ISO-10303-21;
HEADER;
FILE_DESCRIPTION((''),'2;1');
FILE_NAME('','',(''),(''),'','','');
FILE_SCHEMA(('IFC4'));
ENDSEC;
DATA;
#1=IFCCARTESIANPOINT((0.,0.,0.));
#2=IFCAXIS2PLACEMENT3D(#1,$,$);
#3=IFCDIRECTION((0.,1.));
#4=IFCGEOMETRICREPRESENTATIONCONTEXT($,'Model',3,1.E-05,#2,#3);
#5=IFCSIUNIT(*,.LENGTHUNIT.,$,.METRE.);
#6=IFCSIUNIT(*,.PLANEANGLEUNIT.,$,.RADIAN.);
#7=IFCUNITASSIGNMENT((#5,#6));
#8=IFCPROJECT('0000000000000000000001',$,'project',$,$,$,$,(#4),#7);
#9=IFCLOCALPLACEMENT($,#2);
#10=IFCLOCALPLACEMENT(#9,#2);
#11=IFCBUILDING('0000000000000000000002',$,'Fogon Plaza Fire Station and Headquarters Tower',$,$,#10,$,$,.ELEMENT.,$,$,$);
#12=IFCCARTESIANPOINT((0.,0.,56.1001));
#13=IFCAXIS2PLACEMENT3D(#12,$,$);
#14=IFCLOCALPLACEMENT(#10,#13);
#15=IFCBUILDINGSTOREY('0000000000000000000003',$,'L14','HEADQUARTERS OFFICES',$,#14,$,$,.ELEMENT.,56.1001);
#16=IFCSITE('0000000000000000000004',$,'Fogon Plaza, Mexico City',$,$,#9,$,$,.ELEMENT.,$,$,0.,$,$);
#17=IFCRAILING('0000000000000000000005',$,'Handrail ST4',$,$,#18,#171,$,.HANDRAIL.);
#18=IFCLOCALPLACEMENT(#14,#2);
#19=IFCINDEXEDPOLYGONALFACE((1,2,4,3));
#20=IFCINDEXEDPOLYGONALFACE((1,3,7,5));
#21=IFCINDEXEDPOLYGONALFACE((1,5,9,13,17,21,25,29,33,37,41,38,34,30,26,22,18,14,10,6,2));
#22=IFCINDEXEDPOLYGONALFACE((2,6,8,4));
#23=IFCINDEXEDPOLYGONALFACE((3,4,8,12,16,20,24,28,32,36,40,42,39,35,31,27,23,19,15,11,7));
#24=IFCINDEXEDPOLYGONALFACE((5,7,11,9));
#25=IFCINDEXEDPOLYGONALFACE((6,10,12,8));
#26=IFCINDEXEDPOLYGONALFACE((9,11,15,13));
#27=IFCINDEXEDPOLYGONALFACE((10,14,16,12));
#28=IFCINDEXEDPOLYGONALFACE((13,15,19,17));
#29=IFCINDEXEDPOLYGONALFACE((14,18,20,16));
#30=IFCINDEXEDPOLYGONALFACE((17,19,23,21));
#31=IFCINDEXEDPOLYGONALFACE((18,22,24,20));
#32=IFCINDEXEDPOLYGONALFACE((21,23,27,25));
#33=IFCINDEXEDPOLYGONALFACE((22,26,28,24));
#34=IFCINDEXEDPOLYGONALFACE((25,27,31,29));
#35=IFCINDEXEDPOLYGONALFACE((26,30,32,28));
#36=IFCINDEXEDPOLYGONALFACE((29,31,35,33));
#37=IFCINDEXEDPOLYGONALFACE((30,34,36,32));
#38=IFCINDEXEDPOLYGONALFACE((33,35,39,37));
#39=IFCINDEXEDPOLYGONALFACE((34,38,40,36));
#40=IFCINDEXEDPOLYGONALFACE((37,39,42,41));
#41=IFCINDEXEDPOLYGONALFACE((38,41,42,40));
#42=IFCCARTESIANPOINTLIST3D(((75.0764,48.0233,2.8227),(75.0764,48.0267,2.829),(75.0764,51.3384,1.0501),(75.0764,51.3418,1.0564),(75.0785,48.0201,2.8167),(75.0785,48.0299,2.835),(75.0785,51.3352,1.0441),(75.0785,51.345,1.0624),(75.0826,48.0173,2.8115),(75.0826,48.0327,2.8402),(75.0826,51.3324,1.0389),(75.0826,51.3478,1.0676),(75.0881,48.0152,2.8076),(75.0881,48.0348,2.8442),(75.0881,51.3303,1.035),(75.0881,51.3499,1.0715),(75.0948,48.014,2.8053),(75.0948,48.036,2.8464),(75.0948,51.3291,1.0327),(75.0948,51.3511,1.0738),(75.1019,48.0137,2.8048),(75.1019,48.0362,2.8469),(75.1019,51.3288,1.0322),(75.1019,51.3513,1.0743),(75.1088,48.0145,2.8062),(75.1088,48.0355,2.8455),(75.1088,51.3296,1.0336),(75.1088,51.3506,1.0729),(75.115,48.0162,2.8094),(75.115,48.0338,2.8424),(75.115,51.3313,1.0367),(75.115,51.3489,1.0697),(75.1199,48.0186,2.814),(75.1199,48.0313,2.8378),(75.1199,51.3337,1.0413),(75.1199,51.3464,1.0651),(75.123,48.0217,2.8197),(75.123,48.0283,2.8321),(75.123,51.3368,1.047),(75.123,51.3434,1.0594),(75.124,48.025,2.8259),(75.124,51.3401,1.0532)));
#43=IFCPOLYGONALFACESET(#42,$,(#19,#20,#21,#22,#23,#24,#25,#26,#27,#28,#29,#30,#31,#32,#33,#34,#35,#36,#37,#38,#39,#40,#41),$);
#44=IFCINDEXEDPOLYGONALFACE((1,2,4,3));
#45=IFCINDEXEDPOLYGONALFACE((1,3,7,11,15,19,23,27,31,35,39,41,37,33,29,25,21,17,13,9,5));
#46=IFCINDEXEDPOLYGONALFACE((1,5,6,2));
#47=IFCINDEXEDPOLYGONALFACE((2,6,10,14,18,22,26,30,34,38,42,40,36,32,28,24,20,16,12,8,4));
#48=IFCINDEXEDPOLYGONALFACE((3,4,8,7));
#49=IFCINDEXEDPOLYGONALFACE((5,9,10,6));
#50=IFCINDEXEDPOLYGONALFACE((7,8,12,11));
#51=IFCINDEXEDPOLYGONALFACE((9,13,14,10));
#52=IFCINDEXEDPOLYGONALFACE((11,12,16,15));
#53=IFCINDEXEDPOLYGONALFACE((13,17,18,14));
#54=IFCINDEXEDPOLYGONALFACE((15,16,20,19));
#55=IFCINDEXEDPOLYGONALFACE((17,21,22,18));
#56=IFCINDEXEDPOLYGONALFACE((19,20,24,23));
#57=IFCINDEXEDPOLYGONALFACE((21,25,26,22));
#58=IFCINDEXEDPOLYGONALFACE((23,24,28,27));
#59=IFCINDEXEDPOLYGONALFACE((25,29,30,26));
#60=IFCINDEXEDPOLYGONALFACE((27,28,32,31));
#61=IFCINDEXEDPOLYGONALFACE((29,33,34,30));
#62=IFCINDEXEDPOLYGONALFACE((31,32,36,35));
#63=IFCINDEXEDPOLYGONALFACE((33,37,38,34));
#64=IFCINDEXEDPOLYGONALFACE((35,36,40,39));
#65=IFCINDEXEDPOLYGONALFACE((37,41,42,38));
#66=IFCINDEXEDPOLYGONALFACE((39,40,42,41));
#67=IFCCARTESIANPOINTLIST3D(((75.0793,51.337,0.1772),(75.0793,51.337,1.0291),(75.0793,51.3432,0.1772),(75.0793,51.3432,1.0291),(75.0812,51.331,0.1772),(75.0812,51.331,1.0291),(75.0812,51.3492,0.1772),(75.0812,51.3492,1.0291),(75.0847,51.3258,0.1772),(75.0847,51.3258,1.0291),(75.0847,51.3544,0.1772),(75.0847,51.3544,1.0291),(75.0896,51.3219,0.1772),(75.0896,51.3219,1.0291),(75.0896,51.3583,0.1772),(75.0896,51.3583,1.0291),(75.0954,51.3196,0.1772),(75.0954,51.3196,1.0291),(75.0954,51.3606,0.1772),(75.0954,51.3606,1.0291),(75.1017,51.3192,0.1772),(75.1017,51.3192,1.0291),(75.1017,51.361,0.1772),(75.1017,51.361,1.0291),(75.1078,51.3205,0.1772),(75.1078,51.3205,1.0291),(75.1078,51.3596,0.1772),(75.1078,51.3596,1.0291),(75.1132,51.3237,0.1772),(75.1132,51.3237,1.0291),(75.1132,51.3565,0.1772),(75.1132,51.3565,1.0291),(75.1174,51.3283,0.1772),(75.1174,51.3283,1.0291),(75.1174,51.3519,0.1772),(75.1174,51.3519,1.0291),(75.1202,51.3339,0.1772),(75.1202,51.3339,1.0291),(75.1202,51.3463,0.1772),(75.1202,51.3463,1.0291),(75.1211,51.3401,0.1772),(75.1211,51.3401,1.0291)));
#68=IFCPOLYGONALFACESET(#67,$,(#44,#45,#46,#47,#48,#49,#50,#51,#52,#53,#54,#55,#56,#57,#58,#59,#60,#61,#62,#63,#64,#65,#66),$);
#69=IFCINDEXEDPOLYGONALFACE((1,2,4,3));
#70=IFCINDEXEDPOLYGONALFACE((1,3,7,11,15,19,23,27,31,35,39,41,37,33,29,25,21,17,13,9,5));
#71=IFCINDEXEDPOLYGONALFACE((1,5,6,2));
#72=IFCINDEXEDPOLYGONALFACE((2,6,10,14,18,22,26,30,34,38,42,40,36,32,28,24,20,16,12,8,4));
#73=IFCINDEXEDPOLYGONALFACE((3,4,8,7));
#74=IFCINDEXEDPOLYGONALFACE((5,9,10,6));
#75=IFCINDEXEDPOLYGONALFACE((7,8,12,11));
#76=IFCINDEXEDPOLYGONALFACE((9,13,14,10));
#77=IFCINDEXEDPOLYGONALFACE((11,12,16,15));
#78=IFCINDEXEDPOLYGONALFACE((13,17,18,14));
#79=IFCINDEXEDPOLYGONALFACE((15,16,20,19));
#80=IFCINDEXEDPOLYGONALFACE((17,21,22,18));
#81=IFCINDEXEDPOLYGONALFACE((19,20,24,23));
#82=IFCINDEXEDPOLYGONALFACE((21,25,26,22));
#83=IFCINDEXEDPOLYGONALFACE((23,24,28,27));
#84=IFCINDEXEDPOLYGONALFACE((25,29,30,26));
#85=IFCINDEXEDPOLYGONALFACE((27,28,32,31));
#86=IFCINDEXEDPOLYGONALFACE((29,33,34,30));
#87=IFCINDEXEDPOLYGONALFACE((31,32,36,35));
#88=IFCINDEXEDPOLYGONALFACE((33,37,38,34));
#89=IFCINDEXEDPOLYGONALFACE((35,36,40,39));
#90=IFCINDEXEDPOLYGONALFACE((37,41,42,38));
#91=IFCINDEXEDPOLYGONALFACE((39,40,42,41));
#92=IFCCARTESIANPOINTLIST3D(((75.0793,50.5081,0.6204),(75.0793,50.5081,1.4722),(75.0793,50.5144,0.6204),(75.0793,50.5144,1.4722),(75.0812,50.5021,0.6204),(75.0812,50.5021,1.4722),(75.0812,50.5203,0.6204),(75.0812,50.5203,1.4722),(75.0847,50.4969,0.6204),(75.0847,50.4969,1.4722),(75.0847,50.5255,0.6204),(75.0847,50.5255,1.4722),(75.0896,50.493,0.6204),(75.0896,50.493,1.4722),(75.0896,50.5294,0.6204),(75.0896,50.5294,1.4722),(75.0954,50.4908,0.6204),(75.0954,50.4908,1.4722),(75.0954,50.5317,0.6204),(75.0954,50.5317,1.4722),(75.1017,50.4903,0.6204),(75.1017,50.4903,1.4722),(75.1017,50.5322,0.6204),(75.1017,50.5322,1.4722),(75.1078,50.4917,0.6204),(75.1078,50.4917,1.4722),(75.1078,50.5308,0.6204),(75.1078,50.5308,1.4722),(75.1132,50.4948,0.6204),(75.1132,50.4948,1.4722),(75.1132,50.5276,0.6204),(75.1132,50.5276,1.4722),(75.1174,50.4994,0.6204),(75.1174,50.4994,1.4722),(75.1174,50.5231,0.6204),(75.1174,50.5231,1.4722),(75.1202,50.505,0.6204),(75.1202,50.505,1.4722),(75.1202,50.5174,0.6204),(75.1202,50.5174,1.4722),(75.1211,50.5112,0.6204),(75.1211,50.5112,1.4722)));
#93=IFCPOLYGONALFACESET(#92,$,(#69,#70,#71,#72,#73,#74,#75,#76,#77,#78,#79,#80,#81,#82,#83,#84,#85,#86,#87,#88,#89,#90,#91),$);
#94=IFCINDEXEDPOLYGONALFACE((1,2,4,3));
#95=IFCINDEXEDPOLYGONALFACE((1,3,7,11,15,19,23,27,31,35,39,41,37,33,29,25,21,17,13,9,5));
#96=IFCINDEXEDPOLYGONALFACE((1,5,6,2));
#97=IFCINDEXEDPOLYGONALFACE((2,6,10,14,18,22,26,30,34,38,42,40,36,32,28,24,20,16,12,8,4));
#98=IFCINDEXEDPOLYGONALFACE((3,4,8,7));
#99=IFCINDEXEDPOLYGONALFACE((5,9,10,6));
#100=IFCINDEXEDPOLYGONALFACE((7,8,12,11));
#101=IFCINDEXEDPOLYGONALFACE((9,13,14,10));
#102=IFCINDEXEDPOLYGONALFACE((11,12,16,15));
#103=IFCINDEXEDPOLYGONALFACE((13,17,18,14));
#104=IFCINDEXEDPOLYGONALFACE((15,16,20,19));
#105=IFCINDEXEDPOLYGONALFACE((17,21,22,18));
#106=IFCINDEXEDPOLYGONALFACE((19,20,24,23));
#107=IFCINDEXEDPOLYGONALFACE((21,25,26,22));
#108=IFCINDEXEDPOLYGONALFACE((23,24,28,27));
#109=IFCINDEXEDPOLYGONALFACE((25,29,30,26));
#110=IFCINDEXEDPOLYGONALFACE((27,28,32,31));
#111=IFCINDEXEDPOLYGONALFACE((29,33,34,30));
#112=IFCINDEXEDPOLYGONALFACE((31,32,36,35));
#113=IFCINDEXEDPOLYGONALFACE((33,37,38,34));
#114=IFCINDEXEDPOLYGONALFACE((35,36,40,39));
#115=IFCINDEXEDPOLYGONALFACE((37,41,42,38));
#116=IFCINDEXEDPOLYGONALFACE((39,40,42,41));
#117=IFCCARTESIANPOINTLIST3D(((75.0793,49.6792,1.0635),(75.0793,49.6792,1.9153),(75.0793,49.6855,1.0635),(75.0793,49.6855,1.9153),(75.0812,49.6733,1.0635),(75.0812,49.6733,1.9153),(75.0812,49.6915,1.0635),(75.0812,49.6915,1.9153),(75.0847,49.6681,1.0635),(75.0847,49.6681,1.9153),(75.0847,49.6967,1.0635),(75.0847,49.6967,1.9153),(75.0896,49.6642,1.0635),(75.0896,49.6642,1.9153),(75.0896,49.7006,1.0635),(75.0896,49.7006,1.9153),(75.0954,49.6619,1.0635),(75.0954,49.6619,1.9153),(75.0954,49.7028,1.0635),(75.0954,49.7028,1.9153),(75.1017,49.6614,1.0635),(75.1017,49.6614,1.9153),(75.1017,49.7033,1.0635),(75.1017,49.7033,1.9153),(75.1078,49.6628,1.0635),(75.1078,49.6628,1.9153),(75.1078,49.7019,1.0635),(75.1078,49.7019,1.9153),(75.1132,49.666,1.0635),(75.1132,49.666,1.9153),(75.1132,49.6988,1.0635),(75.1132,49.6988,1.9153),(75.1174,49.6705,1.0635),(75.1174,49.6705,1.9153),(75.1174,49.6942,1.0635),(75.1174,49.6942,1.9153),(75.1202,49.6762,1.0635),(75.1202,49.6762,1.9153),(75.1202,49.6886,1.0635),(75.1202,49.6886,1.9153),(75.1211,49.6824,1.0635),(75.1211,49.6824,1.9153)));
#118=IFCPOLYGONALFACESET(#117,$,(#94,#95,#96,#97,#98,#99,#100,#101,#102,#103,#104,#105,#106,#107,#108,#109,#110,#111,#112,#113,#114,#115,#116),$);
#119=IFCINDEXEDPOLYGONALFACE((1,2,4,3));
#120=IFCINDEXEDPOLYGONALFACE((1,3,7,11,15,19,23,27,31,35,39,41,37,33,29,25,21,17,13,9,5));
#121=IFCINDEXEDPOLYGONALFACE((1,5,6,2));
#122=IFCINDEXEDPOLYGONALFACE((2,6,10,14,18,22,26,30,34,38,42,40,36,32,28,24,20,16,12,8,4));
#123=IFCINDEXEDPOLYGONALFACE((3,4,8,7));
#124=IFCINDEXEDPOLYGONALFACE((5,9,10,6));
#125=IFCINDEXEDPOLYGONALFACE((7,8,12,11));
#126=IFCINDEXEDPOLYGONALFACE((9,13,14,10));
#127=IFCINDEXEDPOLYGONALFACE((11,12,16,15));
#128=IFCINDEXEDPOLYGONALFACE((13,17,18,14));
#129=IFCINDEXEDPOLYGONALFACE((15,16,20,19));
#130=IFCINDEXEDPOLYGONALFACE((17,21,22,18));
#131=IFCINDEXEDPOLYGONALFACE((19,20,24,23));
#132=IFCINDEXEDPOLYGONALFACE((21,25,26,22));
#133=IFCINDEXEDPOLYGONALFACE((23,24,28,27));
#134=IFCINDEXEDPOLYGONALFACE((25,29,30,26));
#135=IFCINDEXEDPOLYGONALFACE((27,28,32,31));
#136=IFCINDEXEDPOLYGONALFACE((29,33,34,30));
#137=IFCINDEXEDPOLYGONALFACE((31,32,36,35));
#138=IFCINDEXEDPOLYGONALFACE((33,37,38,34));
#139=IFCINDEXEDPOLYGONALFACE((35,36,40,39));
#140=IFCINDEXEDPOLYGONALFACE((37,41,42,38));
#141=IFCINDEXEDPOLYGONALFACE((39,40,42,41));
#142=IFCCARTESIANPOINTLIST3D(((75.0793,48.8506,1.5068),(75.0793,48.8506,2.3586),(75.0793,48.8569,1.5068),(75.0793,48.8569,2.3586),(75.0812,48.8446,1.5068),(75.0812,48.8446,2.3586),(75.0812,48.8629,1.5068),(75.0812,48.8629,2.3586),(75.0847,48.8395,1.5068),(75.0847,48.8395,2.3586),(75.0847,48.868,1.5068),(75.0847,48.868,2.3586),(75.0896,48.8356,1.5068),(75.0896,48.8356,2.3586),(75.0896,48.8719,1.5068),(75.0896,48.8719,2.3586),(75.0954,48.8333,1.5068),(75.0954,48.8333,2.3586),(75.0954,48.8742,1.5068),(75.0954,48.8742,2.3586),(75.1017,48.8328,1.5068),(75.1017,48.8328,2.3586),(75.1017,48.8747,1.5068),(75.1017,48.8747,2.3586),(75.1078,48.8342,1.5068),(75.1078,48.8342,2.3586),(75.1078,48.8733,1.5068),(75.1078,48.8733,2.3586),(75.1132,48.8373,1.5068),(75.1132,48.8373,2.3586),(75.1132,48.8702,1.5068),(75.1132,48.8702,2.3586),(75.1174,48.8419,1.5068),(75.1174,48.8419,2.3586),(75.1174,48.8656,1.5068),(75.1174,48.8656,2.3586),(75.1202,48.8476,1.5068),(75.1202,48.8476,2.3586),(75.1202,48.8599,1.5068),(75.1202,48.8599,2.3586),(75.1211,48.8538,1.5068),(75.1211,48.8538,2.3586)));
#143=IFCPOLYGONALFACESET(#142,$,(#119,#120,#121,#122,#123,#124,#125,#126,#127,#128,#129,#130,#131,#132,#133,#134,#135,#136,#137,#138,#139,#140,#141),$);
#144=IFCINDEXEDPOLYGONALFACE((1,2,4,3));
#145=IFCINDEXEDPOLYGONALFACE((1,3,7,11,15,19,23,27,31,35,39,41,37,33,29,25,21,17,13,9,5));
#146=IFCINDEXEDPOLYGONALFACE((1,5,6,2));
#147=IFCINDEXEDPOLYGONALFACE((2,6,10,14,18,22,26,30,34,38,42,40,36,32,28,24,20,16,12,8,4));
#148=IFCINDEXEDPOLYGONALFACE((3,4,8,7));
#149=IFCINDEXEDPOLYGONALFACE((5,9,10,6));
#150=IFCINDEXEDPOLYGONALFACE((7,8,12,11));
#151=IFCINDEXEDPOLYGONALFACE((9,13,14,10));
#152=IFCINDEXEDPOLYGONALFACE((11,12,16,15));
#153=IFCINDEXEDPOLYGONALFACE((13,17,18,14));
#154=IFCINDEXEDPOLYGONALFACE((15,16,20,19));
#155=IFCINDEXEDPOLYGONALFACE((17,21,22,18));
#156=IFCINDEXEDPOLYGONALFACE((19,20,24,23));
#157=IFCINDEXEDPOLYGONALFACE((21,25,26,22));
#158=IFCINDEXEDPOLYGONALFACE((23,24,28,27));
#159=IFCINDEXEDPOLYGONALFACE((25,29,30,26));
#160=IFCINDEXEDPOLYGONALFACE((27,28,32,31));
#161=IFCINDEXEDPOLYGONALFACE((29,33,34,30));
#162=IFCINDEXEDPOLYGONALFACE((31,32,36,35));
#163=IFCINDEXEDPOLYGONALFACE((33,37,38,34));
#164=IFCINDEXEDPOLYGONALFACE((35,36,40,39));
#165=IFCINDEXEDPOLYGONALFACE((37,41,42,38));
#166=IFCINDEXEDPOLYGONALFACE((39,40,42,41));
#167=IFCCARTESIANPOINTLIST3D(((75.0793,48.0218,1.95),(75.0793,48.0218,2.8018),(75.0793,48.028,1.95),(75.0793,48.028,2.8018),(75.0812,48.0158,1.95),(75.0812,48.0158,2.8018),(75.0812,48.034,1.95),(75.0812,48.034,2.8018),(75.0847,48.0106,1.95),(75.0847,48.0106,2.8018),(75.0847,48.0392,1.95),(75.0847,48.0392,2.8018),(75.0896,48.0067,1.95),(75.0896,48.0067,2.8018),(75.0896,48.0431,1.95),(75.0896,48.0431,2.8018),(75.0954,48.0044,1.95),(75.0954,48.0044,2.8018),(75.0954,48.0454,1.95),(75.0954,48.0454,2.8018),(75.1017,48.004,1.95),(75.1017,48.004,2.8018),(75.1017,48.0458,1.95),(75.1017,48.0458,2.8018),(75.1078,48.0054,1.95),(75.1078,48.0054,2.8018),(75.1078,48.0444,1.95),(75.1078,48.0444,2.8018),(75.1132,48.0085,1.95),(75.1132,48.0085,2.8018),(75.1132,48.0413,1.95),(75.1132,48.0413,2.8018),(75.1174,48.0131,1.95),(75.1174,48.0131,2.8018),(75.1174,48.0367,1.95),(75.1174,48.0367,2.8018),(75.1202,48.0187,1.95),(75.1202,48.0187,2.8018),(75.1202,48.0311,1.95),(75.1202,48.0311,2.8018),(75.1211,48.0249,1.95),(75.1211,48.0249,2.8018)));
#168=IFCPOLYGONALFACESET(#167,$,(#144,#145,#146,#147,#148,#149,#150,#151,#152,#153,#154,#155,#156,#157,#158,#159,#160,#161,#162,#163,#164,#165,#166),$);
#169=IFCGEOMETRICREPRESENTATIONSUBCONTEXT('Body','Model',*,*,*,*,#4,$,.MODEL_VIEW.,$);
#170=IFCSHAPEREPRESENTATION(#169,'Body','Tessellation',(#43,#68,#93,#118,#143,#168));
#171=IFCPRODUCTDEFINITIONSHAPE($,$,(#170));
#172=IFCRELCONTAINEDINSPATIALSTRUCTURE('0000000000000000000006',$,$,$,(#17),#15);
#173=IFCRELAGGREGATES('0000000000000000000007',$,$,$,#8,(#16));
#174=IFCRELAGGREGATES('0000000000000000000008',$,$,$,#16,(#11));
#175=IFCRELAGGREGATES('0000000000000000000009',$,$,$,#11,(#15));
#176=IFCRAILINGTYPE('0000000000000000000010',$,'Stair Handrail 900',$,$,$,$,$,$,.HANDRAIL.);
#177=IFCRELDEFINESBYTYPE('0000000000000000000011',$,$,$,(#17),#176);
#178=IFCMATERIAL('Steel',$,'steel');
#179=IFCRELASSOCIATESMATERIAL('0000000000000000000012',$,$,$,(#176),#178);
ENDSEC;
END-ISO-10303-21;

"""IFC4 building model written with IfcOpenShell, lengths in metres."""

from ifc_helpers import new_model, si_unit, direction, frame, origin, origin_2d, place, context, subcontext, project, spatial, circle, extrude, material, type_object, element, save


model = new_model("IFC4")

# Units and contexts
model_context = context("Model", 3, precision=1e-05, world=origin(), true_north=direction((0.0, 1.0)))
body_context = subcontext(model_context, "Body", "Model", "MODEL_VIEW")
ifc_project = project(units=[si_unit("LENGTHUNIT", "METRE"), si_unit("PLANEANGLEUNIT", "RADIAN")], contexts=[model_context])

# Site, building, storey
site_placement = place(None, origin())
site = spatial("IfcSite", under=ifc_project, at=site_placement, Name="Fogon Plaza, Mexico City", CompositionType="ELEMENT", RefElevation=0.0)
building_placement = place(site_placement, origin())
building = spatial("IfcBuilding", under=site, at=building_placement, Name="Fogon Plaza Fire Station and Headquarters Tower", CompositionType="ELEMENT")
storey_placement = place(building_placement, frame((0.0, 0.0, 56.1001)))
storey = spatial("IfcBuildingStorey", under=building, at=storey_placement, Name="L14", Description="HEADQUARTERS OFFICES", CompositionType="ELEMENT", Elevation=56.1001)

# Railing
ifc_material_1 = material(Name="Steel", Category="steel")
railing_type = type_object("IfcRailingType", Name="Stair Handrail 900", PredefinedType="HANDRAIL", material=ifc_material_1)
for number, where, name in (
    (1, (75.1001, 51.3401, 0.1772), "Handrail ST4"),
):
    element("IfcRailing", number, at=place(storey_placement, frame(where)), inside=storey, type_object=railing_type, Name=name, PredefinedType="HANDRAIL", context=body_context, shape_type="SweptSolid", body=[
        extrude(circle(Radius=0.0239, at=origin_2d()), frame((0.0, 0.0, 0.876), z_axis=(0.0, -0.881844, 0.471542), x_axis=(1.0, 0.0, 0.0)), (0.0, 0.0, 1.0), 3.7593),
        extrude(circle(Radius=0.021, at=origin_2d()), origin(), (0.0, 0.0, 1.0), 0.8518),
        extrude(circle(Radius=0.021, at=origin_2d()), frame((0.0, -0.8289, 0.4431)), (0.0, 0.0, 1.0), 0.8518),
        extrude(circle(Radius=0.021, at=origin_2d()), frame((0.0, -1.6577, 0.8862)), (0.0, 0.0, 1.0), 0.8518),
        extrude(circle(Radius=0.021, at=origin_2d()), frame((0.0, -2.4863, 1.3296)), (0.0, 0.0, 1.0), 0.8518),
        extrude(circle(Radius=0.021, at=origin_2d()), frame((0.0, -3.3152, 1.7727)), (0.0, 0.0, 1.0), 0.8518),
    ])

save(model, "model.ifc")
